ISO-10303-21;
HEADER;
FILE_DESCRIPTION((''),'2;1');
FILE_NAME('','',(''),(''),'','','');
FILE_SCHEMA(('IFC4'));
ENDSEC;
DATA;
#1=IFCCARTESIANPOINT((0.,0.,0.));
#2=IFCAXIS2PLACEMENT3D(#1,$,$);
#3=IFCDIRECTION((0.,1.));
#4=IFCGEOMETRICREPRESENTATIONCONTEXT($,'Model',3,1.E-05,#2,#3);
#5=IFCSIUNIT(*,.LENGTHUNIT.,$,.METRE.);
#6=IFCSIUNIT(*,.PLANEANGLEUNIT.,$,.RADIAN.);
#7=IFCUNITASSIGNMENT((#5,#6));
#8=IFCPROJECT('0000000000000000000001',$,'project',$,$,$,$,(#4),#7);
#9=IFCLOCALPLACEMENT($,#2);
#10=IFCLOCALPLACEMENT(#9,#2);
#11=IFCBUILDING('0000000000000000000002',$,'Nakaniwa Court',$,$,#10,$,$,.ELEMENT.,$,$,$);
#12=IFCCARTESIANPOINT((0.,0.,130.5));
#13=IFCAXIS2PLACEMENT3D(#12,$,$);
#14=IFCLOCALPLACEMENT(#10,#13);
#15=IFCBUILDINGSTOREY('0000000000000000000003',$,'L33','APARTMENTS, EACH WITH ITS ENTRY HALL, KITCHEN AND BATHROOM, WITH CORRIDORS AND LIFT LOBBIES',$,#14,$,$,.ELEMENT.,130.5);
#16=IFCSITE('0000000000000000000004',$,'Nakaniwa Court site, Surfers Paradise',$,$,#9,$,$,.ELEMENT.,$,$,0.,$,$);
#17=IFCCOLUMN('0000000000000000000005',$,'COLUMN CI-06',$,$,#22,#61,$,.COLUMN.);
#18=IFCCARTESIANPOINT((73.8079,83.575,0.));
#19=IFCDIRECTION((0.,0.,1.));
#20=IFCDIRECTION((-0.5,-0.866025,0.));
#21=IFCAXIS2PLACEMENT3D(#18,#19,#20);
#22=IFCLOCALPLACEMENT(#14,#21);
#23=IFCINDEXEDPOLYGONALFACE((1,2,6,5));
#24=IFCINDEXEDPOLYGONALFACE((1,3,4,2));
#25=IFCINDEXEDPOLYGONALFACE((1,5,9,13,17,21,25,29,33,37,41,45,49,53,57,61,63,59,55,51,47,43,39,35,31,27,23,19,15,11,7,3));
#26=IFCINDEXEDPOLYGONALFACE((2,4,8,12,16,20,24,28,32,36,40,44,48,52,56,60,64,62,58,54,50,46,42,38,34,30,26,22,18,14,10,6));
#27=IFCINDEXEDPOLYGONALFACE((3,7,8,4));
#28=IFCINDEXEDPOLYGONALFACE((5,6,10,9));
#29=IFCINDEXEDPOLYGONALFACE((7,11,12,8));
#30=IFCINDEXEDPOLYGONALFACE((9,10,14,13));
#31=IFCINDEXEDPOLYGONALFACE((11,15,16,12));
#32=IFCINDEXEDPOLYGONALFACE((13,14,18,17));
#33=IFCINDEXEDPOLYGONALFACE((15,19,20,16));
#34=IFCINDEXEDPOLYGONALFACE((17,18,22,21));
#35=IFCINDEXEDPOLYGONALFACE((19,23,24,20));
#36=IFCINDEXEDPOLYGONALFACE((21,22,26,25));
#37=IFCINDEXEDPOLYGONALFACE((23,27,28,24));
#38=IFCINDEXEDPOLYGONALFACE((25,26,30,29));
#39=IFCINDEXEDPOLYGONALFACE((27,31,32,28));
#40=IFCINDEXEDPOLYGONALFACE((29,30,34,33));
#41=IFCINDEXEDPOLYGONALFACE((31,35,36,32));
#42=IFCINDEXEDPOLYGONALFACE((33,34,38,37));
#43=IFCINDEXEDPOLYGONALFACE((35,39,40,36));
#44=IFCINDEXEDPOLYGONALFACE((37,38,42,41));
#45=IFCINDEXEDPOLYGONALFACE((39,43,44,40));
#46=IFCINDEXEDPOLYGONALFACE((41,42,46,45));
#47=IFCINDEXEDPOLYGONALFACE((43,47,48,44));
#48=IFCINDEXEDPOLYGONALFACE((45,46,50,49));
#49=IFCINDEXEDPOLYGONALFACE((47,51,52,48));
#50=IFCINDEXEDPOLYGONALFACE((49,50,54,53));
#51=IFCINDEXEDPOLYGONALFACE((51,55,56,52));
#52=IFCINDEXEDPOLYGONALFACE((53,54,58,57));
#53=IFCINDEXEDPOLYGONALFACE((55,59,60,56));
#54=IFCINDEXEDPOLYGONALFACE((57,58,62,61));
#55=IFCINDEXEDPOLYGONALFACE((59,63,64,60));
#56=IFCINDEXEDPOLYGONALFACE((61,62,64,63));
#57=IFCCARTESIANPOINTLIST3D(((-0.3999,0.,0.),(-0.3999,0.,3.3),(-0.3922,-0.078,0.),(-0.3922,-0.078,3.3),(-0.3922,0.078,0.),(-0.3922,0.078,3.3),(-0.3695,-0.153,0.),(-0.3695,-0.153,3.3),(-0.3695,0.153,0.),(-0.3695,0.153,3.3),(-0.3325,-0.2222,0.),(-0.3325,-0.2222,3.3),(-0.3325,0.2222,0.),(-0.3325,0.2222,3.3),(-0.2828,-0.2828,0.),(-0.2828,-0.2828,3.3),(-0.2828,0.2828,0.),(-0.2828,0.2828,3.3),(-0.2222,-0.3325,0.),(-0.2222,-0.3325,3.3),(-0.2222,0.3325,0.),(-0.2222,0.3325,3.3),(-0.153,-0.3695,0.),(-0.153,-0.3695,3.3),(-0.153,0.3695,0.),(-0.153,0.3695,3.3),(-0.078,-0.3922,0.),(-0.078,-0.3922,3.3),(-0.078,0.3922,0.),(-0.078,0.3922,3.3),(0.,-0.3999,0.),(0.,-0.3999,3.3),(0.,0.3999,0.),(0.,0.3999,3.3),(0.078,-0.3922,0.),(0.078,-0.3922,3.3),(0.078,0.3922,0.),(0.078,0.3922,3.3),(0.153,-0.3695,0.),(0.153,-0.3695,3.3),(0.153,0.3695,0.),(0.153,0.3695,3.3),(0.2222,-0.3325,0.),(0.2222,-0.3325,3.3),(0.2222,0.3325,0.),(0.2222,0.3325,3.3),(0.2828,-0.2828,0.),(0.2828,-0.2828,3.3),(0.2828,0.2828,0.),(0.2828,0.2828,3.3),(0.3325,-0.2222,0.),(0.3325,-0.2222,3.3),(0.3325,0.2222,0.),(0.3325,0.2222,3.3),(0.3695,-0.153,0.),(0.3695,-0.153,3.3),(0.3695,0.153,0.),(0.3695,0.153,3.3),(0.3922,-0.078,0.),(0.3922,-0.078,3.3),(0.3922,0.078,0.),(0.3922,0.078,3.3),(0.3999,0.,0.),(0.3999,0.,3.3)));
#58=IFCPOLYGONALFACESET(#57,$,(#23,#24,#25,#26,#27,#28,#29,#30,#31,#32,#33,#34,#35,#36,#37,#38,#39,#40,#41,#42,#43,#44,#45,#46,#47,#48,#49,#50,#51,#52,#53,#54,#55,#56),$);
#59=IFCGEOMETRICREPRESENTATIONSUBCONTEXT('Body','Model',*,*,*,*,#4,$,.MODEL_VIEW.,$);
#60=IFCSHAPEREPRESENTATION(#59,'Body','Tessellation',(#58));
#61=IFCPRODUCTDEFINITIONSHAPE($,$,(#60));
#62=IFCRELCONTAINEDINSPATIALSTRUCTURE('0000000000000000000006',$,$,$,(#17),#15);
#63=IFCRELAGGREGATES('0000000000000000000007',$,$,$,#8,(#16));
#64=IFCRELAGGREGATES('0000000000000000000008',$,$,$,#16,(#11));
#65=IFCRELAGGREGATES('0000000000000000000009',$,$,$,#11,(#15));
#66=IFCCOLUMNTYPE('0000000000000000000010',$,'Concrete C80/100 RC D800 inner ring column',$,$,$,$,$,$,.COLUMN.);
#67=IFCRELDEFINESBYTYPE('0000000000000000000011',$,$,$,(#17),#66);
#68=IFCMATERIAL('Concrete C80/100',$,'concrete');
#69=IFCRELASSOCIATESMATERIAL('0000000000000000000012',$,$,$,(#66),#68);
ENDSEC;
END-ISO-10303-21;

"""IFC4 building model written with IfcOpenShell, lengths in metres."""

from ifc_helpers import new_model, si_unit, direction, frame, origin, origin_2d, place, context, subcontext, project, spatial, circle, extrude, material, material_profile, profile_set, type_object, element, save


model = new_model("IFC4")

# Units and contexts
model_context = context("Model", 3, precision=1e-05, world=origin(), true_north=direction((0.0, 1.0)))
body_context = subcontext(model_context, "Body", "Model", "MODEL_VIEW")
ifc_project = project(units=[si_unit("LENGTHUNIT", "METRE"), si_unit("PLANEANGLEUNIT", "RADIAN")], contexts=[model_context])

# Site, building, storey
site_placement = place(None, origin())
site = spatial("IfcSite", under=ifc_project, at=site_placement, Name="Nakaniwa Court site, Surfers Paradise", CompositionType="ELEMENT", RefElevation=0.0)
building_placement = place(site_placement, origin())
building = spatial("IfcBuilding", under=site, at=building_placement, Name="Nakaniwa Court", CompositionType="ELEMENT")
storey_placement = place(building_placement, frame((0.0, 0.0, 130.5)))
storey = spatial("IfcBuildingStorey", under=building, at=storey_placement, Name="L33", Description="APARTMENTS, EACH WITH ITS ENTRY HALL, KITCHEN AND BATHROOM, WITH CORRIDORS AND LIFT LOBBIES", CompositionType="ELEMENT", Elevation=130.5)

# Column
ifc_material_1 = material(Name="Concrete C80/100", Category="concrete")
ifc_material_profile_1 = material_profile(ifc_material_1, circle(Radius=0.3999, at=origin_2d()), Name="Concrete C80/100 RC D800 inner ring column")
ifc_profile_set_1 = profile_set([ifc_material_profile_1], Name="Concrete C80/100")
column_type_1 = type_object("IfcColumnType", Name="Concrete C80/100 RC D800 inner ring column", PredefinedType="COLUMN", material=ifc_profile_set_1)
column_placement = place(storey_placement, frame((73.8079, 83.575, 0.0), z_axis=(0.0, 0.0, 1.0), x_axis=(-0.5, -0.866025, 0.0)))
element("IfcColumn", 1, at=column_placement, inside=storey, type_object=column_type_1, Name="COLUMN CI-06", PredefinedType="COLUMN", context=body_context, shape_type="SweptSolid", body=[
    extrude(circle(Radius=0.3999, at=origin_2d()), origin(), (0.0, 0.0, 1.0), 3.3),
])

save(model, "model.ifc")
